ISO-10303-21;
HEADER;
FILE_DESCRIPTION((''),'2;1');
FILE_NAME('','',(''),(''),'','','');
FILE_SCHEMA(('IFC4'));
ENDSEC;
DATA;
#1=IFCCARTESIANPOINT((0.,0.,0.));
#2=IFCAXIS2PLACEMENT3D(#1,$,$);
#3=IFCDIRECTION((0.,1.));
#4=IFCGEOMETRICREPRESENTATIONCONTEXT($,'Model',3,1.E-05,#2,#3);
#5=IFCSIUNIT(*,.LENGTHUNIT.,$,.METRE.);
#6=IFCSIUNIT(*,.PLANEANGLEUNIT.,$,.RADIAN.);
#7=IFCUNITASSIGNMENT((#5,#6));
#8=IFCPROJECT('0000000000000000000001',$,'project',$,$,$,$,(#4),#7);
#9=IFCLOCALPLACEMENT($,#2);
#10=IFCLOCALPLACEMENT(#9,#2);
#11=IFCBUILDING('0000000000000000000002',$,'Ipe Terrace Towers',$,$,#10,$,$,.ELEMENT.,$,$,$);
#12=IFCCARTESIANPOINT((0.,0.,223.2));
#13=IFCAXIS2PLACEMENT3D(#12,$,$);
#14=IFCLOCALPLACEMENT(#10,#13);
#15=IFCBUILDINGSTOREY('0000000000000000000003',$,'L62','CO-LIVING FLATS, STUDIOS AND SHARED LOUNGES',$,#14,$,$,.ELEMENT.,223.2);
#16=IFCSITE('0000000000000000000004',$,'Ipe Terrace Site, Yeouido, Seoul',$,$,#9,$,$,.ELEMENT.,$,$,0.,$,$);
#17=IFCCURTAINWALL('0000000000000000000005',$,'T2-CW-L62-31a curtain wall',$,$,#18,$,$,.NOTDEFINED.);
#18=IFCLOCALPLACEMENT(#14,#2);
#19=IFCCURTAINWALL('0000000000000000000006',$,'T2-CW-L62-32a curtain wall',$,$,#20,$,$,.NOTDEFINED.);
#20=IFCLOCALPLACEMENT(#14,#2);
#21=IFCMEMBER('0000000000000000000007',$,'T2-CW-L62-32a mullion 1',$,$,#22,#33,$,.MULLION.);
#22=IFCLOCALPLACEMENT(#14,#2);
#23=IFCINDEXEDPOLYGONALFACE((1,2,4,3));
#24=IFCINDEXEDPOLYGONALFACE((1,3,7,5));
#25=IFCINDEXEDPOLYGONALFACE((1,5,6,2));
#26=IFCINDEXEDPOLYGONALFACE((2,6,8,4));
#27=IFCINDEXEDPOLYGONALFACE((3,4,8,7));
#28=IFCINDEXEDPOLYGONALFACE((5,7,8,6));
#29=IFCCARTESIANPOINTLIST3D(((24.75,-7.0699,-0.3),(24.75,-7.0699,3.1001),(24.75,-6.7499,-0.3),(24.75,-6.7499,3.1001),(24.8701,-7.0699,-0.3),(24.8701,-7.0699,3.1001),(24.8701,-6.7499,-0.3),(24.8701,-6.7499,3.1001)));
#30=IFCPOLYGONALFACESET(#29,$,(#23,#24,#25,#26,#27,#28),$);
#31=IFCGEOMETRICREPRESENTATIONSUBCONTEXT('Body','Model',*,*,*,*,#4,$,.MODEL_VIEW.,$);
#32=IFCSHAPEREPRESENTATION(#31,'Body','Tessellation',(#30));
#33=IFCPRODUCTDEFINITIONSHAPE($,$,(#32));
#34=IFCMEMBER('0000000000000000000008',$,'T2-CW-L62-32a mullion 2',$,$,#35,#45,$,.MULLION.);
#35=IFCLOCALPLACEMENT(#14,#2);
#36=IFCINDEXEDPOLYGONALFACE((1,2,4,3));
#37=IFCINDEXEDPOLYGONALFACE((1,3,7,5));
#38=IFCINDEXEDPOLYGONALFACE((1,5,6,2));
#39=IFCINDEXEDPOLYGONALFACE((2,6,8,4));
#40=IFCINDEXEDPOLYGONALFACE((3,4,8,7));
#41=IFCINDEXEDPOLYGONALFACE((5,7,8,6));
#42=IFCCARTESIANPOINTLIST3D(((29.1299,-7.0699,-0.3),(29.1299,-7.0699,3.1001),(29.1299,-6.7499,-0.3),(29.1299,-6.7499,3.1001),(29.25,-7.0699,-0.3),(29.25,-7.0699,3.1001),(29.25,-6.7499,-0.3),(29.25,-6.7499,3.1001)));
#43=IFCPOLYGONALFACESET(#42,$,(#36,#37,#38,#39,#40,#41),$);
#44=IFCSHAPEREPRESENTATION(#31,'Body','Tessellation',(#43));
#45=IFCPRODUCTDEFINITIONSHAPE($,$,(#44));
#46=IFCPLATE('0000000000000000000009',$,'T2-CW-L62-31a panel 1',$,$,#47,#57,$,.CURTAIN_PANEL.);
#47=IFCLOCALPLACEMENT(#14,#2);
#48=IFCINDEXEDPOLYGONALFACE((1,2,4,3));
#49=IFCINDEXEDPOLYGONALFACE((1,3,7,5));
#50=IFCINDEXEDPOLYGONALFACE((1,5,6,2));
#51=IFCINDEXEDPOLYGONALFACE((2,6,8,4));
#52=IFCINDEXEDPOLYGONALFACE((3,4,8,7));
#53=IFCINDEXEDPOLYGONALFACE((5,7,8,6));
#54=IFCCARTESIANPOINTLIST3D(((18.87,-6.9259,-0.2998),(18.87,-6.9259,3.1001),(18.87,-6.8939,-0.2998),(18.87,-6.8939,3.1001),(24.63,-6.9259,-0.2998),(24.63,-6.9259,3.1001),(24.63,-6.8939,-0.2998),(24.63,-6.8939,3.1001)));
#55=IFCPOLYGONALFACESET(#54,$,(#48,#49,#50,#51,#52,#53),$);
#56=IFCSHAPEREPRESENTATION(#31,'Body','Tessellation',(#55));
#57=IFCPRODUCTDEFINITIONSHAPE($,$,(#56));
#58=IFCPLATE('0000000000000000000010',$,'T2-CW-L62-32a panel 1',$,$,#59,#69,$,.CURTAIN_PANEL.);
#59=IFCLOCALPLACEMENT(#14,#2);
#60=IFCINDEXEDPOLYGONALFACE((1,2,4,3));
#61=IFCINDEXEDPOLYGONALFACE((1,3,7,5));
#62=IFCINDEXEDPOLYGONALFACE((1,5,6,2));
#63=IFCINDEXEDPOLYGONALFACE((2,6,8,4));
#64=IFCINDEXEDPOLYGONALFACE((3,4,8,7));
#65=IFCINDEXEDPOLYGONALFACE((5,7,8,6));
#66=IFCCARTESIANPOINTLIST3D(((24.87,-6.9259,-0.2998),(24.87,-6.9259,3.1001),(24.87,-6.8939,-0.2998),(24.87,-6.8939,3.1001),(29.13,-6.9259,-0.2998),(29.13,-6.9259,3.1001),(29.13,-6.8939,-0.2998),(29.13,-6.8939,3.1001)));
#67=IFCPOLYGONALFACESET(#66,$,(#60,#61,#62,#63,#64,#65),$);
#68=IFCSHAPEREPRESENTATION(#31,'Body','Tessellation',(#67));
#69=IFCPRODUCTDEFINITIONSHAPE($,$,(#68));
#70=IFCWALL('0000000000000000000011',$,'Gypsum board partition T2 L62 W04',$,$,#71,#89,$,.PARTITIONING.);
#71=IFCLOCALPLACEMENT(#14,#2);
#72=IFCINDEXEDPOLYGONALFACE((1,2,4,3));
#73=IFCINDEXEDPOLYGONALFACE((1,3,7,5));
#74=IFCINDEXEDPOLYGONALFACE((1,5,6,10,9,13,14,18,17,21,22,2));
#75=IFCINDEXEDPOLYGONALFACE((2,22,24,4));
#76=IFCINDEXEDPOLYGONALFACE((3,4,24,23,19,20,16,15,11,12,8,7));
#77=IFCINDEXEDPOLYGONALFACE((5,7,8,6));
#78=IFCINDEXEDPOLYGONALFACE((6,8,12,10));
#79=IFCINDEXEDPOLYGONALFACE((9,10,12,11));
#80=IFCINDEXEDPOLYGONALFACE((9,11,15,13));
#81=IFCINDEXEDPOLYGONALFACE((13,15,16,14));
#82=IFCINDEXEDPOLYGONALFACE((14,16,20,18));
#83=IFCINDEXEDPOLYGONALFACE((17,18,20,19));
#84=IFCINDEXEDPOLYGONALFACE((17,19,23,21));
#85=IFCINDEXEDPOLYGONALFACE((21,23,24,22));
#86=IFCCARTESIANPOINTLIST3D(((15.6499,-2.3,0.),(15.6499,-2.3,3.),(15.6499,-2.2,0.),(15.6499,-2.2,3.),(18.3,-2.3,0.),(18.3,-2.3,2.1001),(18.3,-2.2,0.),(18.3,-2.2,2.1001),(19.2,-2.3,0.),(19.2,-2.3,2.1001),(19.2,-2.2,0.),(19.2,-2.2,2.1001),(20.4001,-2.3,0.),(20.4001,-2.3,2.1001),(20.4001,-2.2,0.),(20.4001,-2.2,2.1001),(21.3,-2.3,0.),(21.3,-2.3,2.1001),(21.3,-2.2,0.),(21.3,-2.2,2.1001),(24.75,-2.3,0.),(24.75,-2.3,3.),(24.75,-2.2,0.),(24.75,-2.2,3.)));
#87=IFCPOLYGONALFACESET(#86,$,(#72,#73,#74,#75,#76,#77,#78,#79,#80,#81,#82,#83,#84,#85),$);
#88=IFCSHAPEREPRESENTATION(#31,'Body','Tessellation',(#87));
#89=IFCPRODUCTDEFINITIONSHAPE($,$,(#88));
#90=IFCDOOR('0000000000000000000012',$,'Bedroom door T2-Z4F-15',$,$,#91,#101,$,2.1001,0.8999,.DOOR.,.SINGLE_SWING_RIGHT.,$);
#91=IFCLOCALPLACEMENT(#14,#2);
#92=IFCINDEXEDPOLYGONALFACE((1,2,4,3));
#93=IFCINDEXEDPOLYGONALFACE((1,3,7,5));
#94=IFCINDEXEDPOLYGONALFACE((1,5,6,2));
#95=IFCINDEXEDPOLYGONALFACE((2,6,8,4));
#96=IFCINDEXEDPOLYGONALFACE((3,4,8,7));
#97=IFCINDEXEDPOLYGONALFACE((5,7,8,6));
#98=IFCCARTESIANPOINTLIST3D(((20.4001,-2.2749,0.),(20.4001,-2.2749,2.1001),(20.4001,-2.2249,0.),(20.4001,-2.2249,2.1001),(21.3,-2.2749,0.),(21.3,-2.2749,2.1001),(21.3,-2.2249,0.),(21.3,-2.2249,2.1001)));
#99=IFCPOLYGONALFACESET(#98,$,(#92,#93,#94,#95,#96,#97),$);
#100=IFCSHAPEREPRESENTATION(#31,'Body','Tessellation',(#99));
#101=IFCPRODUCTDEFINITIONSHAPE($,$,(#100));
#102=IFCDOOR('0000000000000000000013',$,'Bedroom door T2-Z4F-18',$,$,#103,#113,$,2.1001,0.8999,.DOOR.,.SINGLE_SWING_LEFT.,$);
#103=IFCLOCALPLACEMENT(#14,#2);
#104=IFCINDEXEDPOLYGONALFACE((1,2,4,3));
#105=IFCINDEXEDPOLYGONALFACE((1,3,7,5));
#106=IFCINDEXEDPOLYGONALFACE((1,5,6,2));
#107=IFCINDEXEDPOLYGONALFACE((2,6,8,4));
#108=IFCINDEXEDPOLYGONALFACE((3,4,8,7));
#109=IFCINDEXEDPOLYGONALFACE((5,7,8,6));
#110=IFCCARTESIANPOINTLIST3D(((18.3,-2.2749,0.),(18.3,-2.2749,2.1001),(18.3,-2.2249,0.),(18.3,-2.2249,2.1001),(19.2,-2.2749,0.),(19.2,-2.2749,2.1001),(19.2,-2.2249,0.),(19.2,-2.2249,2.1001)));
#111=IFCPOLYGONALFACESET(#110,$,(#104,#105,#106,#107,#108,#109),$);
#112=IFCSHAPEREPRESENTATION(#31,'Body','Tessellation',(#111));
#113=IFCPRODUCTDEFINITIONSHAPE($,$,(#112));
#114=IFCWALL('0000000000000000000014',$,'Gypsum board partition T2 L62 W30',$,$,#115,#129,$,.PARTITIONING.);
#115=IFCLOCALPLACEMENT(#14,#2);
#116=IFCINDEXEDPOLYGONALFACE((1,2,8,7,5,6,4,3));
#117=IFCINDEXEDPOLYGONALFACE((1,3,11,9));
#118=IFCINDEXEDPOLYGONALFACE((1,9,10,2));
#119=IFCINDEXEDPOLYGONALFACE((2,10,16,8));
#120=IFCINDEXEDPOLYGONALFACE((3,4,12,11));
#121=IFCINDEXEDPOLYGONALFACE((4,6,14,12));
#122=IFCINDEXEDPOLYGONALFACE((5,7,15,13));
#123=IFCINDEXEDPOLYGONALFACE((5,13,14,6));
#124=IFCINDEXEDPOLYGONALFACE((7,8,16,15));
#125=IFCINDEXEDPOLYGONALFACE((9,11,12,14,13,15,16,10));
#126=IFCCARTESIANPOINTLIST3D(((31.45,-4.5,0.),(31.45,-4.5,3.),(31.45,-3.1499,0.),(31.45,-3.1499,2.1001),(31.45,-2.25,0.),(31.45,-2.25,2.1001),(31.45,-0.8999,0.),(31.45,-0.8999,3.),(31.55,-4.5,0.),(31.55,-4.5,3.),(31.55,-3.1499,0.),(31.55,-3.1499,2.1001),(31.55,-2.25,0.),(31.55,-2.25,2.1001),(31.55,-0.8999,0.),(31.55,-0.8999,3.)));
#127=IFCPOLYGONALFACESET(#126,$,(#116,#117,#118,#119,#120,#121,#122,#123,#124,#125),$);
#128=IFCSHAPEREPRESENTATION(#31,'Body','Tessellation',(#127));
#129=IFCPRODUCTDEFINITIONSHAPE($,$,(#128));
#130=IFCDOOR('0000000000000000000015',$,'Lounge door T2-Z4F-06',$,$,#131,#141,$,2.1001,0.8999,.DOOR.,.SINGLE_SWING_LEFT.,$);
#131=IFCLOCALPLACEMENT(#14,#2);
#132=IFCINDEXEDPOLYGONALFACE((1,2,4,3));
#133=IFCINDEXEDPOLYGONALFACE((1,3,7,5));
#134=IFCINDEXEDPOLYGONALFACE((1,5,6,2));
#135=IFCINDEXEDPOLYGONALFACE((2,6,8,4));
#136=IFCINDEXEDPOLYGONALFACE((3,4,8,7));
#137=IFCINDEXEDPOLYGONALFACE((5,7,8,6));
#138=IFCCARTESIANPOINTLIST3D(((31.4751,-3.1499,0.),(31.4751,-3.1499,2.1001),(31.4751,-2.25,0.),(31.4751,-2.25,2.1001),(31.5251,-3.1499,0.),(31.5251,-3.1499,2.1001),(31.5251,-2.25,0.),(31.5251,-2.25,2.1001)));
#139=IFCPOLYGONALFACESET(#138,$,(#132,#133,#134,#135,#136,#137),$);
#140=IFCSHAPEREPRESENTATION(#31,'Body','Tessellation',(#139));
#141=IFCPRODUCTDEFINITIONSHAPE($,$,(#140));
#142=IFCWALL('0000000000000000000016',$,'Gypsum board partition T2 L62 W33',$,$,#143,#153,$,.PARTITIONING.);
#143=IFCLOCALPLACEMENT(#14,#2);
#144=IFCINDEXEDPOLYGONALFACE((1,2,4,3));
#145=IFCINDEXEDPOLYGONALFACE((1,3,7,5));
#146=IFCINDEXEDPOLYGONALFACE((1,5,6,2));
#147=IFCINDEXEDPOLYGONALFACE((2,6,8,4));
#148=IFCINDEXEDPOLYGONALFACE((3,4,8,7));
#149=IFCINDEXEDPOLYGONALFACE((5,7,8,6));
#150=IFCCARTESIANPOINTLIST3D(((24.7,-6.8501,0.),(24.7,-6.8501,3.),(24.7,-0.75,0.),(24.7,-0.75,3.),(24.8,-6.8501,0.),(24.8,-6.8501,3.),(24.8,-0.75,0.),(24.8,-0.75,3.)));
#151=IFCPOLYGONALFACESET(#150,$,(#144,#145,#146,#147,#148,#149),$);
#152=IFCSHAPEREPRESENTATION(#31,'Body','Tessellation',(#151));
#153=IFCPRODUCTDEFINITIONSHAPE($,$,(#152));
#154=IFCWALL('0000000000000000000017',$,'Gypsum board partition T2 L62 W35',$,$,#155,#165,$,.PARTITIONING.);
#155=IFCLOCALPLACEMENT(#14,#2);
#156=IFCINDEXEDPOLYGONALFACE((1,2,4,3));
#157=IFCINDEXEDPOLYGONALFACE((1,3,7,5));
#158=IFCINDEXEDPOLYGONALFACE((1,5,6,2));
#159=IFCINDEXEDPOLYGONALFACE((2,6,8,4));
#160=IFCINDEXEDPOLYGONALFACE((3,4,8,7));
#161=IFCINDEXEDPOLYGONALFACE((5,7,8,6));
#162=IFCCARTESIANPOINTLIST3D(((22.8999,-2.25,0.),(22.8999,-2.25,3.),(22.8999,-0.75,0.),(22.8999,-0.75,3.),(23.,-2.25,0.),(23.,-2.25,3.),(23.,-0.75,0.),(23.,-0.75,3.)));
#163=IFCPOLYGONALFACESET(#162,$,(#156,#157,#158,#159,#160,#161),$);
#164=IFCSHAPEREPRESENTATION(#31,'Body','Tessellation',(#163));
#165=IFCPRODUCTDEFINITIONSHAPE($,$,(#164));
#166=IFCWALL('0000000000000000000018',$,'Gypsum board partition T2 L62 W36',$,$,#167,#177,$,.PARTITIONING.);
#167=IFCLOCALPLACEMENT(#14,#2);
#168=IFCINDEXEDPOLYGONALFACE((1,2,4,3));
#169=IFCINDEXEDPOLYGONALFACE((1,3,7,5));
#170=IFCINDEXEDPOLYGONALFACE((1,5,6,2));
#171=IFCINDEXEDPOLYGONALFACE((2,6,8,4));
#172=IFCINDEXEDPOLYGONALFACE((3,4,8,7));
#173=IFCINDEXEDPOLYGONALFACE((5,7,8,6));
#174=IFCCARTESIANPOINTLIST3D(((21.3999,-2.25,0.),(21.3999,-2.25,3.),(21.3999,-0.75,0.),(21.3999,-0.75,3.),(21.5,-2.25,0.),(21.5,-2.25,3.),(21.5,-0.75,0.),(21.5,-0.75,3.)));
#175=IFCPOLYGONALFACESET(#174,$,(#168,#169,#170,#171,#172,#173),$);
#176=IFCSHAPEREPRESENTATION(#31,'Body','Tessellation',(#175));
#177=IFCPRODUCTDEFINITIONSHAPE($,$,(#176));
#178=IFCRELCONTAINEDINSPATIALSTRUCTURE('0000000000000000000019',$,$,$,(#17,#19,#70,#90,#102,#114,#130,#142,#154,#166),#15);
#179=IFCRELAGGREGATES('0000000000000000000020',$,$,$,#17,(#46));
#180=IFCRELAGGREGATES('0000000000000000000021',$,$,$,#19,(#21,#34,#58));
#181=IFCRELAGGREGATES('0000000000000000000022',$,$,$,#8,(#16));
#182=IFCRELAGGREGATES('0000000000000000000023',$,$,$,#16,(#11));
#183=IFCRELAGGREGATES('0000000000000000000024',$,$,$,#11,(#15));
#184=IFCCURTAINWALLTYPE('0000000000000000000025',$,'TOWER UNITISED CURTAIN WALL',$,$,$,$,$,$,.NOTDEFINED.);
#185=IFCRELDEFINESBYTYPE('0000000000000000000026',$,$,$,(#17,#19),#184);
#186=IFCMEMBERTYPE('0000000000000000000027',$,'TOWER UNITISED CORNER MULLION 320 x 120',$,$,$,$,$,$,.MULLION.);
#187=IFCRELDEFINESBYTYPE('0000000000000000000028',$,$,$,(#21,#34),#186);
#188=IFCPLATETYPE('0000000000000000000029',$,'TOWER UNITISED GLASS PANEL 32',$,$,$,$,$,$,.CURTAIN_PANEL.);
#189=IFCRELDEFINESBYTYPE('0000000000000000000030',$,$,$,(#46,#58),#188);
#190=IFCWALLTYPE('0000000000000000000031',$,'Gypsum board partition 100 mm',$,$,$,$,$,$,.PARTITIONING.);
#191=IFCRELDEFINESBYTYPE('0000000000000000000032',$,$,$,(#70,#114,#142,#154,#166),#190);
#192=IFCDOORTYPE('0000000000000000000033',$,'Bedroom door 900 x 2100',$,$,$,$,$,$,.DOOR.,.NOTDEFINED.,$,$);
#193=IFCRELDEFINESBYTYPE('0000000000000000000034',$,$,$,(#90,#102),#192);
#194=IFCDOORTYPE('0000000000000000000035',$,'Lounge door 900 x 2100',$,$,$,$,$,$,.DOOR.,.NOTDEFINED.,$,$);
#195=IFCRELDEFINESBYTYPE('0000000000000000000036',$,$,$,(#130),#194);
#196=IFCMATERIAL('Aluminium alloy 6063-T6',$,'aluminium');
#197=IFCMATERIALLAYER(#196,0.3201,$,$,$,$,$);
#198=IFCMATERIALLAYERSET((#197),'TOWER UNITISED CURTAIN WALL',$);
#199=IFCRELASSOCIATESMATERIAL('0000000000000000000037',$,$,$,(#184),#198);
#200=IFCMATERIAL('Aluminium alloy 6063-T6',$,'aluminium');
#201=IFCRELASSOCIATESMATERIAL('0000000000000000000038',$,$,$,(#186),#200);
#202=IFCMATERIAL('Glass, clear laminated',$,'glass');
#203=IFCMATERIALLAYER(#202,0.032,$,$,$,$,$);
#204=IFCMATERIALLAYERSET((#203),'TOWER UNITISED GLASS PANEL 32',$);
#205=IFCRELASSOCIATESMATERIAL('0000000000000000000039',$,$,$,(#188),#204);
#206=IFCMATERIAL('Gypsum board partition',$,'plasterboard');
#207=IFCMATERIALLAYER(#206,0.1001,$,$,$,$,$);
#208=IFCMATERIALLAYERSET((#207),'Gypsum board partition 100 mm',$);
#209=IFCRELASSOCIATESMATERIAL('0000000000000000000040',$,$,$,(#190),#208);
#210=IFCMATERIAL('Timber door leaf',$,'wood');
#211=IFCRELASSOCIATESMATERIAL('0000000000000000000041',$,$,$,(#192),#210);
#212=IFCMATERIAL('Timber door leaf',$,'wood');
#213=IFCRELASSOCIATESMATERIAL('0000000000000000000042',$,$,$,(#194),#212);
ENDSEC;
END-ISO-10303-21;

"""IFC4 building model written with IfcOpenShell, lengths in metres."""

from ifc_helpers import new_model, si_unit, direction, frame, frame_2d, origin, origin_2d, place, context, subcontext, project, spatial, rectangle, extrude, material, layer, layer_set, material_profile, profile_set, type_object, element, fill, aggregate, save


model = new_model("IFC4")

# Units and contexts
model_context = context("Model", 3, precision=1e-05, world=origin(), true_north=direction((0.0, 1.0)))
body_context = subcontext(model_context, "Body", "Model", "MODEL_VIEW")
ifc_project = project(units=[si_unit("LENGTHUNIT", "METRE"), si_unit("PLANEANGLEUNIT", "RADIAN")], contexts=[model_context])

# Site, building, storey
site_placement = place(None, origin())
site = spatial("IfcSite", under=ifc_project, at=site_placement, Name="Ipe Terrace Site, Yeouido, Seoul", CompositionType="ELEMENT", RefElevation=0.0)
building_placement = place(site_placement, origin())
building = spatial("IfcBuilding", under=site, at=building_placement, Name="Ipe Terrace Towers", CompositionType="ELEMENT")
storey_placement = place(building_placement, frame((0.0, 0.0, 223.2)))
storey = spatial("IfcBuildingStorey", under=building, at=storey_placement, Name="L62", Description="CO-LIVING FLATS, STUDIOS AND SHARED LOUNGES", CompositionType="ELEMENT", Elevation=223.2)

# Curtain wall
ifc_material_1 = material(Name="Aluminium alloy 6063-T6", Category="aluminium")
ifc_layer_1 = layer(ifc_material_1, 0.3201)
ifc_layer_set_1 = layer_set([ifc_layer_1], Name="TOWER UNITISED CURTAIN WALL")
curtain_wall_type = type_object("IfcCurtainWallType", Name="TOWER UNITISED CURTAIN WALL", PredefinedType="NOTDEFINED", material=ifc_layer_set_1)
curtain_wall_1_placement = place(storey_placement, origin())
curtain_wall_1 = element("IfcCurtainWall", 1, at=curtain_wall_1_placement, inside=storey, type_object=curtain_wall_type, Name="T2-CW-L62-31a curtain wall", PredefinedType="NOTDEFINED")
ifc_material_2 = material(Name="Aluminium alloy 6063-T6", Category="aluminium")
ifc_material_profile_1 = material_profile(ifc_material_2, rectangle(XDim=0.3201, YDim=0.1201, at=origin_2d()), Name="TOWER UNITISED CORNER MULLION 320 x 120")
ifc_profile_set_1 = profile_set([ifc_material_profile_1], Name="Aluminium alloy 6063-T6")
member_type = type_object("IfcMemberType", Name="TOWER UNITISED CORNER MULLION 320 x 120", PredefinedType="MULLION", material=ifc_profile_set_1)

# Curtain wall, members
curtain_wall_2_placement = place(storey_placement, origin())
curtain_wall_2 = element("IfcCurtainWall", 2, at=curtain_wall_2_placement, inside=storey, type_object=curtain_wall_type, Name="T2-CW-L62-32a curtain wall", PredefinedType="NOTDEFINED")
member_1_placement = place(storey_placement, frame((24.8101, -6.9099, -0.3), z_axis=(0.0, 0.0, 1.0), x_axis=(0.0, -1.0, 0.0)))
member_1 = element("IfcMember", 3, at=member_1_placement, type_object=member_type, Name="T2-CW-L62-32a mullion 1", PredefinedType="MULLION", context=body_context, shape_type="SweptSolid", body=[
    extrude(rectangle(XDim=0.3201, YDim=0.1201, at=origin_2d()), origin(), (0.0, 0.0, 1.0), 3.4001),
])
member_2_placement = place(storey_placement, frame((29.1899, -6.9099, -0.3), z_axis=(0.0, 0.0, 1.0), x_axis=(0.0, -1.0, 0.0)))
member_2 = element("IfcMember", 4, at=member_2_placement, type_object=member_type, Name="T2-CW-L62-32a mullion 2", PredefinedType="MULLION", context=body_context, shape_type="SweptSolid", body=[
    extrude(rectangle(XDim=0.3201, YDim=0.1201, at=origin_2d()), origin(), (0.0, 0.0, 1.0), 3.4001),
])

# Plates
ifc_material_3 = material(Name="Glass, clear laminated", Category="glass")
ifc_layer_2 = layer(ifc_material_3, 0.032)
ifc_layer_set_2 = layer_set([ifc_layer_2], Name="TOWER UNITISED GLASS PANEL 32")
plate_type = type_object("IfcPlateType", Name="TOWER UNITISED GLASS PANEL 32", PredefinedType="CURTAIN_PANEL", material=ifc_layer_set_2)
plate_1_placement = place(storey_placement, frame((21.75, -6.9099, -0.2998), z_axis=(0.0, 0.0, 1.0), x_axis=(1.0, 0.0, 0.0)))
plate_1 = element("IfcPlate", 5, at=plate_1_placement, type_object=plate_type, Name="T2-CW-L62-31a panel 1", PredefinedType="CURTAIN_PANEL", context=body_context, shape_type="SweptSolid", body=[
    extrude(rectangle(XDim=5.76, YDim=0.032, at=origin_2d()), origin(), (0.0, 0.0, 1.0), 3.3999),
])
aggregate(curtain_wall_1, [plate_1])
plate_2_placement = place(storey_placement, frame((27.0, -6.9099, -0.2998), z_axis=(0.0, 0.0, 1.0), x_axis=(1.0, 0.0, 0.0)))
plate_2 = element("IfcPlate", 6, at=plate_2_placement, type_object=plate_type, Name="T2-CW-L62-32a panel 1", PredefinedType="CURTAIN_PANEL", context=body_context, shape_type="SweptSolid", body=[
    extrude(rectangle(XDim=4.26, YDim=0.032, at=origin_2d()), origin(), (0.0, 0.0, 1.0), 3.3999),
])
aggregate(curtain_wall_2, [member_1, member_2, plate_2])

# Wall, openings, doors
ifc_material_4 = material(Name="Gypsum board partition", Category="plasterboard")
ifc_layer_3 = layer(ifc_material_4, 0.1001)
ifc_layer_set_3 = layer_set([ifc_layer_3], Name="Gypsum board partition 100 mm")
wall_type_1 = type_object("IfcWallType", Name="Gypsum board partition 100 mm", PredefinedType="PARTITIONING", material=ifc_layer_set_3)
wall_1_placement = place(storey_placement, frame((24.75, -2.25, 0.0), z_axis=(0.0, 0.0, 1.0), x_axis=(-1.0, 0.0, 0.0)))
wall_1 = element("IfcWall", 7, at=wall_1_placement, inside=storey, type_object=wall_type_1, Name="Gypsum board partition T2 L62 W04", PredefinedType="PARTITIONING", context=body_context, shape_type="SweptSolid", body=[
    extrude(rectangle(XDim=9.1001, YDim=0.1001, at=frame_2d((4.55, 0.0))), origin(), (0.0, 0.0, 1.0), 3.0),
])
opening_1_placement = place(wall_1_placement, frame((3.45, 0.0, 0.0)))
opening_1 = element("IfcOpeningElement", 8, at=opening_1_placement, cuts=wall_1, PredefinedType="OPENING", context=body_context, shape_type="SweptSolid", body=[
    extrude(rectangle(XDim=0.8999, YDim=2.1001, at=frame_2d((0.45, 1.05))), frame((0.0, 0.0601, 0.0), z_axis=(0.0, -1.0, 0.0), x_axis=(1.0, 0.0, 0.0)), (0.0, 0.0, 1.0), 0.1201),
])
opening_2_placement = place(wall_1_placement, frame((5.55, 0.0, 0.0)))
opening_2 = element("IfcOpeningElement", 9, at=opening_2_placement, cuts=wall_1, PredefinedType="OPENING", context=body_context, shape_type="SweptSolid", body=[
    extrude(rectangle(XDim=0.8999, YDim=2.1001, at=frame_2d((0.45, 1.05))), frame((0.0, 0.0601, 0.0), z_axis=(0.0, -1.0, 0.0), x_axis=(1.0, 0.0, 0.0)), (0.0, 0.0, 1.0), 0.1201),
])
ifc_material_5 = material(Name="Timber door leaf", Category="wood")
door_type_1 = type_object("IfcDoorType", Name="Bedroom door 900 x 2100", OperationType="NOTDEFINED", PredefinedType="DOOR", material=ifc_material_5)
door_1_placement = place(opening_1_placement, origin())
door_1 = element("IfcDoor", 10, at=door_1_placement, inside=storey, type_object=door_type_1, Name="Bedroom door T2-Z4F-15", OperationType="SINGLE_SWING_RIGHT", OverallHeight=2.1001, OverallWidth=0.8999, PredefinedType="DOOR", context=body_context, shape_type="SweptSolid", body=[
    extrude(rectangle(XDim=0.8999, YDim=2.1001, at=frame_2d((0.45, 1.05))), frame((0.0, 0.0249, 0.0), z_axis=(0.0, -1.0, 0.0), x_axis=(1.0, 0.0, 0.0)), (0.0, 0.0, 1.0), 0.05),
])
fill(opening_1, door_1)
door_2_placement = place(opening_2_placement, origin())
door_2 = element("IfcDoor", 11, at=door_2_placement, inside=storey, type_object=door_type_1, Name="Bedroom door T2-Z4F-18", OperationType="SINGLE_SWING_LEFT", OverallHeight=2.1001, OverallWidth=0.8999, PredefinedType="DOOR", context=body_context, shape_type="SweptSolid", body=[
    extrude(rectangle(XDim=0.8999, YDim=2.1001, at=frame_2d((0.45, 1.05))), frame((0.0, 0.0249, 0.0), z_axis=(0.0, -1.0, 0.0), x_axis=(1.0, 0.0, 0.0)), (0.0, 0.0, 1.0), 0.05),
])
fill(opening_2, door_2)

# Wall, opening, door
wall_2_placement = place(storey_placement, frame((31.5, -4.5, 0.0), z_axis=(0.0, 0.0, 1.0), x_axis=(0.0, 1.0, 0.0)))
wall_2 = element("IfcWall", 12, at=wall_2_placement, inside=storey, type_object=wall_type_1, Name="Gypsum board partition T2 L62 W30", PredefinedType="PARTITIONING", context=body_context, shape_type="SweptSolid", body=[
    extrude(rectangle(XDim=3.6001, YDim=0.1001, at=frame_2d((1.8, 0.0))), origin(), (0.0, 0.0, 1.0), 3.0),
])
opening_3_placement = place(wall_2_placement, frame((1.3501, 0.0, 0.0)))
opening_3 = element("IfcOpeningElement", 13, at=opening_3_placement, cuts=wall_2, PredefinedType="OPENING", context=body_context, shape_type="SweptSolid", body=[
    extrude(rectangle(XDim=0.8999, YDim=2.1001, at=frame_2d((0.45, 1.05))), frame((0.0, 0.0601, 0.0), z_axis=(0.0, -1.0, 0.0), x_axis=(1.0, 0.0, 0.0)), (0.0, 0.0, 1.0), 0.1201),
])
ifc_material_6 = material(Name="Timber door leaf", Category="wood")
door_type_2 = type_object("IfcDoorType", Name="Lounge door 900 x 2100", OperationType="NOTDEFINED", PredefinedType="DOOR", material=ifc_material_6)
door_3_placement = place(opening_3_placement, origin())
door_3 = element("IfcDoor", 14, at=door_3_placement, inside=storey, type_object=door_type_2, Name="Lounge door T2-Z4F-06", OperationType="SINGLE_SWING_LEFT", OverallHeight=2.1001, OverallWidth=0.8999, PredefinedType="DOOR", context=body_context, shape_type="SweptSolid", body=[
    extrude(rectangle(XDim=0.8999, YDim=2.1001, at=frame_2d((0.45, 1.05))), frame((0.0, 0.0249, 0.0), z_axis=(0.0, -1.0, 0.0), x_axis=(1.0, 0.0, 0.0)), (0.0, 0.0, 1.0), 0.05),
])
fill(opening_3, door_3)

# Walls
wall_3_placement = place(storey_placement, frame((24.75, -6.8501, 0.0), z_axis=(0.0, 0.0, 1.0), x_axis=(0.0, 1.0, 0.0)))
element("IfcWall", 15, at=wall_3_placement, inside=storey, type_object=wall_type_1, Name="Gypsum board partition T2 L62 W33", PredefinedType="PARTITIONING", context=body_context, shape_type="SweptSolid", body=[
    extrude(rectangle(XDim=6.1001, YDim=0.1001, at=frame_2d((3.05, 0.0))), origin(), (0.0, 0.0, 1.0), 3.0),
])
for number, where, z_axis, x_axis, name in (
    (16, (22.95, -2.25, 0.0), (0.0, 0.0, 1.0), (0.0, 1.0, 0.0), "Gypsum board partition T2 L62 W35"),
    (17, (21.45, -2.25, 0.0), (0.0, 0.0, 1.0), (0.0, 1.0, 0.0), "Gypsum board partition T2 L62 W36"),
):
    element("IfcWall", number, at=place(storey_placement, frame(where, z_axis=z_axis, x_axis=x_axis)), inside=storey, type_object=wall_type_1, Name=name, PredefinedType="PARTITIONING", context=body_context, shape_type="SweptSolid", body=[
        extrude(rectangle(XDim=1.5, YDim=0.1001, at=frame_2d((0.75, 0.0))), origin(), (0.0, 0.0, 1.0), 3.0),
    ])

save(model, "model.ifc")
